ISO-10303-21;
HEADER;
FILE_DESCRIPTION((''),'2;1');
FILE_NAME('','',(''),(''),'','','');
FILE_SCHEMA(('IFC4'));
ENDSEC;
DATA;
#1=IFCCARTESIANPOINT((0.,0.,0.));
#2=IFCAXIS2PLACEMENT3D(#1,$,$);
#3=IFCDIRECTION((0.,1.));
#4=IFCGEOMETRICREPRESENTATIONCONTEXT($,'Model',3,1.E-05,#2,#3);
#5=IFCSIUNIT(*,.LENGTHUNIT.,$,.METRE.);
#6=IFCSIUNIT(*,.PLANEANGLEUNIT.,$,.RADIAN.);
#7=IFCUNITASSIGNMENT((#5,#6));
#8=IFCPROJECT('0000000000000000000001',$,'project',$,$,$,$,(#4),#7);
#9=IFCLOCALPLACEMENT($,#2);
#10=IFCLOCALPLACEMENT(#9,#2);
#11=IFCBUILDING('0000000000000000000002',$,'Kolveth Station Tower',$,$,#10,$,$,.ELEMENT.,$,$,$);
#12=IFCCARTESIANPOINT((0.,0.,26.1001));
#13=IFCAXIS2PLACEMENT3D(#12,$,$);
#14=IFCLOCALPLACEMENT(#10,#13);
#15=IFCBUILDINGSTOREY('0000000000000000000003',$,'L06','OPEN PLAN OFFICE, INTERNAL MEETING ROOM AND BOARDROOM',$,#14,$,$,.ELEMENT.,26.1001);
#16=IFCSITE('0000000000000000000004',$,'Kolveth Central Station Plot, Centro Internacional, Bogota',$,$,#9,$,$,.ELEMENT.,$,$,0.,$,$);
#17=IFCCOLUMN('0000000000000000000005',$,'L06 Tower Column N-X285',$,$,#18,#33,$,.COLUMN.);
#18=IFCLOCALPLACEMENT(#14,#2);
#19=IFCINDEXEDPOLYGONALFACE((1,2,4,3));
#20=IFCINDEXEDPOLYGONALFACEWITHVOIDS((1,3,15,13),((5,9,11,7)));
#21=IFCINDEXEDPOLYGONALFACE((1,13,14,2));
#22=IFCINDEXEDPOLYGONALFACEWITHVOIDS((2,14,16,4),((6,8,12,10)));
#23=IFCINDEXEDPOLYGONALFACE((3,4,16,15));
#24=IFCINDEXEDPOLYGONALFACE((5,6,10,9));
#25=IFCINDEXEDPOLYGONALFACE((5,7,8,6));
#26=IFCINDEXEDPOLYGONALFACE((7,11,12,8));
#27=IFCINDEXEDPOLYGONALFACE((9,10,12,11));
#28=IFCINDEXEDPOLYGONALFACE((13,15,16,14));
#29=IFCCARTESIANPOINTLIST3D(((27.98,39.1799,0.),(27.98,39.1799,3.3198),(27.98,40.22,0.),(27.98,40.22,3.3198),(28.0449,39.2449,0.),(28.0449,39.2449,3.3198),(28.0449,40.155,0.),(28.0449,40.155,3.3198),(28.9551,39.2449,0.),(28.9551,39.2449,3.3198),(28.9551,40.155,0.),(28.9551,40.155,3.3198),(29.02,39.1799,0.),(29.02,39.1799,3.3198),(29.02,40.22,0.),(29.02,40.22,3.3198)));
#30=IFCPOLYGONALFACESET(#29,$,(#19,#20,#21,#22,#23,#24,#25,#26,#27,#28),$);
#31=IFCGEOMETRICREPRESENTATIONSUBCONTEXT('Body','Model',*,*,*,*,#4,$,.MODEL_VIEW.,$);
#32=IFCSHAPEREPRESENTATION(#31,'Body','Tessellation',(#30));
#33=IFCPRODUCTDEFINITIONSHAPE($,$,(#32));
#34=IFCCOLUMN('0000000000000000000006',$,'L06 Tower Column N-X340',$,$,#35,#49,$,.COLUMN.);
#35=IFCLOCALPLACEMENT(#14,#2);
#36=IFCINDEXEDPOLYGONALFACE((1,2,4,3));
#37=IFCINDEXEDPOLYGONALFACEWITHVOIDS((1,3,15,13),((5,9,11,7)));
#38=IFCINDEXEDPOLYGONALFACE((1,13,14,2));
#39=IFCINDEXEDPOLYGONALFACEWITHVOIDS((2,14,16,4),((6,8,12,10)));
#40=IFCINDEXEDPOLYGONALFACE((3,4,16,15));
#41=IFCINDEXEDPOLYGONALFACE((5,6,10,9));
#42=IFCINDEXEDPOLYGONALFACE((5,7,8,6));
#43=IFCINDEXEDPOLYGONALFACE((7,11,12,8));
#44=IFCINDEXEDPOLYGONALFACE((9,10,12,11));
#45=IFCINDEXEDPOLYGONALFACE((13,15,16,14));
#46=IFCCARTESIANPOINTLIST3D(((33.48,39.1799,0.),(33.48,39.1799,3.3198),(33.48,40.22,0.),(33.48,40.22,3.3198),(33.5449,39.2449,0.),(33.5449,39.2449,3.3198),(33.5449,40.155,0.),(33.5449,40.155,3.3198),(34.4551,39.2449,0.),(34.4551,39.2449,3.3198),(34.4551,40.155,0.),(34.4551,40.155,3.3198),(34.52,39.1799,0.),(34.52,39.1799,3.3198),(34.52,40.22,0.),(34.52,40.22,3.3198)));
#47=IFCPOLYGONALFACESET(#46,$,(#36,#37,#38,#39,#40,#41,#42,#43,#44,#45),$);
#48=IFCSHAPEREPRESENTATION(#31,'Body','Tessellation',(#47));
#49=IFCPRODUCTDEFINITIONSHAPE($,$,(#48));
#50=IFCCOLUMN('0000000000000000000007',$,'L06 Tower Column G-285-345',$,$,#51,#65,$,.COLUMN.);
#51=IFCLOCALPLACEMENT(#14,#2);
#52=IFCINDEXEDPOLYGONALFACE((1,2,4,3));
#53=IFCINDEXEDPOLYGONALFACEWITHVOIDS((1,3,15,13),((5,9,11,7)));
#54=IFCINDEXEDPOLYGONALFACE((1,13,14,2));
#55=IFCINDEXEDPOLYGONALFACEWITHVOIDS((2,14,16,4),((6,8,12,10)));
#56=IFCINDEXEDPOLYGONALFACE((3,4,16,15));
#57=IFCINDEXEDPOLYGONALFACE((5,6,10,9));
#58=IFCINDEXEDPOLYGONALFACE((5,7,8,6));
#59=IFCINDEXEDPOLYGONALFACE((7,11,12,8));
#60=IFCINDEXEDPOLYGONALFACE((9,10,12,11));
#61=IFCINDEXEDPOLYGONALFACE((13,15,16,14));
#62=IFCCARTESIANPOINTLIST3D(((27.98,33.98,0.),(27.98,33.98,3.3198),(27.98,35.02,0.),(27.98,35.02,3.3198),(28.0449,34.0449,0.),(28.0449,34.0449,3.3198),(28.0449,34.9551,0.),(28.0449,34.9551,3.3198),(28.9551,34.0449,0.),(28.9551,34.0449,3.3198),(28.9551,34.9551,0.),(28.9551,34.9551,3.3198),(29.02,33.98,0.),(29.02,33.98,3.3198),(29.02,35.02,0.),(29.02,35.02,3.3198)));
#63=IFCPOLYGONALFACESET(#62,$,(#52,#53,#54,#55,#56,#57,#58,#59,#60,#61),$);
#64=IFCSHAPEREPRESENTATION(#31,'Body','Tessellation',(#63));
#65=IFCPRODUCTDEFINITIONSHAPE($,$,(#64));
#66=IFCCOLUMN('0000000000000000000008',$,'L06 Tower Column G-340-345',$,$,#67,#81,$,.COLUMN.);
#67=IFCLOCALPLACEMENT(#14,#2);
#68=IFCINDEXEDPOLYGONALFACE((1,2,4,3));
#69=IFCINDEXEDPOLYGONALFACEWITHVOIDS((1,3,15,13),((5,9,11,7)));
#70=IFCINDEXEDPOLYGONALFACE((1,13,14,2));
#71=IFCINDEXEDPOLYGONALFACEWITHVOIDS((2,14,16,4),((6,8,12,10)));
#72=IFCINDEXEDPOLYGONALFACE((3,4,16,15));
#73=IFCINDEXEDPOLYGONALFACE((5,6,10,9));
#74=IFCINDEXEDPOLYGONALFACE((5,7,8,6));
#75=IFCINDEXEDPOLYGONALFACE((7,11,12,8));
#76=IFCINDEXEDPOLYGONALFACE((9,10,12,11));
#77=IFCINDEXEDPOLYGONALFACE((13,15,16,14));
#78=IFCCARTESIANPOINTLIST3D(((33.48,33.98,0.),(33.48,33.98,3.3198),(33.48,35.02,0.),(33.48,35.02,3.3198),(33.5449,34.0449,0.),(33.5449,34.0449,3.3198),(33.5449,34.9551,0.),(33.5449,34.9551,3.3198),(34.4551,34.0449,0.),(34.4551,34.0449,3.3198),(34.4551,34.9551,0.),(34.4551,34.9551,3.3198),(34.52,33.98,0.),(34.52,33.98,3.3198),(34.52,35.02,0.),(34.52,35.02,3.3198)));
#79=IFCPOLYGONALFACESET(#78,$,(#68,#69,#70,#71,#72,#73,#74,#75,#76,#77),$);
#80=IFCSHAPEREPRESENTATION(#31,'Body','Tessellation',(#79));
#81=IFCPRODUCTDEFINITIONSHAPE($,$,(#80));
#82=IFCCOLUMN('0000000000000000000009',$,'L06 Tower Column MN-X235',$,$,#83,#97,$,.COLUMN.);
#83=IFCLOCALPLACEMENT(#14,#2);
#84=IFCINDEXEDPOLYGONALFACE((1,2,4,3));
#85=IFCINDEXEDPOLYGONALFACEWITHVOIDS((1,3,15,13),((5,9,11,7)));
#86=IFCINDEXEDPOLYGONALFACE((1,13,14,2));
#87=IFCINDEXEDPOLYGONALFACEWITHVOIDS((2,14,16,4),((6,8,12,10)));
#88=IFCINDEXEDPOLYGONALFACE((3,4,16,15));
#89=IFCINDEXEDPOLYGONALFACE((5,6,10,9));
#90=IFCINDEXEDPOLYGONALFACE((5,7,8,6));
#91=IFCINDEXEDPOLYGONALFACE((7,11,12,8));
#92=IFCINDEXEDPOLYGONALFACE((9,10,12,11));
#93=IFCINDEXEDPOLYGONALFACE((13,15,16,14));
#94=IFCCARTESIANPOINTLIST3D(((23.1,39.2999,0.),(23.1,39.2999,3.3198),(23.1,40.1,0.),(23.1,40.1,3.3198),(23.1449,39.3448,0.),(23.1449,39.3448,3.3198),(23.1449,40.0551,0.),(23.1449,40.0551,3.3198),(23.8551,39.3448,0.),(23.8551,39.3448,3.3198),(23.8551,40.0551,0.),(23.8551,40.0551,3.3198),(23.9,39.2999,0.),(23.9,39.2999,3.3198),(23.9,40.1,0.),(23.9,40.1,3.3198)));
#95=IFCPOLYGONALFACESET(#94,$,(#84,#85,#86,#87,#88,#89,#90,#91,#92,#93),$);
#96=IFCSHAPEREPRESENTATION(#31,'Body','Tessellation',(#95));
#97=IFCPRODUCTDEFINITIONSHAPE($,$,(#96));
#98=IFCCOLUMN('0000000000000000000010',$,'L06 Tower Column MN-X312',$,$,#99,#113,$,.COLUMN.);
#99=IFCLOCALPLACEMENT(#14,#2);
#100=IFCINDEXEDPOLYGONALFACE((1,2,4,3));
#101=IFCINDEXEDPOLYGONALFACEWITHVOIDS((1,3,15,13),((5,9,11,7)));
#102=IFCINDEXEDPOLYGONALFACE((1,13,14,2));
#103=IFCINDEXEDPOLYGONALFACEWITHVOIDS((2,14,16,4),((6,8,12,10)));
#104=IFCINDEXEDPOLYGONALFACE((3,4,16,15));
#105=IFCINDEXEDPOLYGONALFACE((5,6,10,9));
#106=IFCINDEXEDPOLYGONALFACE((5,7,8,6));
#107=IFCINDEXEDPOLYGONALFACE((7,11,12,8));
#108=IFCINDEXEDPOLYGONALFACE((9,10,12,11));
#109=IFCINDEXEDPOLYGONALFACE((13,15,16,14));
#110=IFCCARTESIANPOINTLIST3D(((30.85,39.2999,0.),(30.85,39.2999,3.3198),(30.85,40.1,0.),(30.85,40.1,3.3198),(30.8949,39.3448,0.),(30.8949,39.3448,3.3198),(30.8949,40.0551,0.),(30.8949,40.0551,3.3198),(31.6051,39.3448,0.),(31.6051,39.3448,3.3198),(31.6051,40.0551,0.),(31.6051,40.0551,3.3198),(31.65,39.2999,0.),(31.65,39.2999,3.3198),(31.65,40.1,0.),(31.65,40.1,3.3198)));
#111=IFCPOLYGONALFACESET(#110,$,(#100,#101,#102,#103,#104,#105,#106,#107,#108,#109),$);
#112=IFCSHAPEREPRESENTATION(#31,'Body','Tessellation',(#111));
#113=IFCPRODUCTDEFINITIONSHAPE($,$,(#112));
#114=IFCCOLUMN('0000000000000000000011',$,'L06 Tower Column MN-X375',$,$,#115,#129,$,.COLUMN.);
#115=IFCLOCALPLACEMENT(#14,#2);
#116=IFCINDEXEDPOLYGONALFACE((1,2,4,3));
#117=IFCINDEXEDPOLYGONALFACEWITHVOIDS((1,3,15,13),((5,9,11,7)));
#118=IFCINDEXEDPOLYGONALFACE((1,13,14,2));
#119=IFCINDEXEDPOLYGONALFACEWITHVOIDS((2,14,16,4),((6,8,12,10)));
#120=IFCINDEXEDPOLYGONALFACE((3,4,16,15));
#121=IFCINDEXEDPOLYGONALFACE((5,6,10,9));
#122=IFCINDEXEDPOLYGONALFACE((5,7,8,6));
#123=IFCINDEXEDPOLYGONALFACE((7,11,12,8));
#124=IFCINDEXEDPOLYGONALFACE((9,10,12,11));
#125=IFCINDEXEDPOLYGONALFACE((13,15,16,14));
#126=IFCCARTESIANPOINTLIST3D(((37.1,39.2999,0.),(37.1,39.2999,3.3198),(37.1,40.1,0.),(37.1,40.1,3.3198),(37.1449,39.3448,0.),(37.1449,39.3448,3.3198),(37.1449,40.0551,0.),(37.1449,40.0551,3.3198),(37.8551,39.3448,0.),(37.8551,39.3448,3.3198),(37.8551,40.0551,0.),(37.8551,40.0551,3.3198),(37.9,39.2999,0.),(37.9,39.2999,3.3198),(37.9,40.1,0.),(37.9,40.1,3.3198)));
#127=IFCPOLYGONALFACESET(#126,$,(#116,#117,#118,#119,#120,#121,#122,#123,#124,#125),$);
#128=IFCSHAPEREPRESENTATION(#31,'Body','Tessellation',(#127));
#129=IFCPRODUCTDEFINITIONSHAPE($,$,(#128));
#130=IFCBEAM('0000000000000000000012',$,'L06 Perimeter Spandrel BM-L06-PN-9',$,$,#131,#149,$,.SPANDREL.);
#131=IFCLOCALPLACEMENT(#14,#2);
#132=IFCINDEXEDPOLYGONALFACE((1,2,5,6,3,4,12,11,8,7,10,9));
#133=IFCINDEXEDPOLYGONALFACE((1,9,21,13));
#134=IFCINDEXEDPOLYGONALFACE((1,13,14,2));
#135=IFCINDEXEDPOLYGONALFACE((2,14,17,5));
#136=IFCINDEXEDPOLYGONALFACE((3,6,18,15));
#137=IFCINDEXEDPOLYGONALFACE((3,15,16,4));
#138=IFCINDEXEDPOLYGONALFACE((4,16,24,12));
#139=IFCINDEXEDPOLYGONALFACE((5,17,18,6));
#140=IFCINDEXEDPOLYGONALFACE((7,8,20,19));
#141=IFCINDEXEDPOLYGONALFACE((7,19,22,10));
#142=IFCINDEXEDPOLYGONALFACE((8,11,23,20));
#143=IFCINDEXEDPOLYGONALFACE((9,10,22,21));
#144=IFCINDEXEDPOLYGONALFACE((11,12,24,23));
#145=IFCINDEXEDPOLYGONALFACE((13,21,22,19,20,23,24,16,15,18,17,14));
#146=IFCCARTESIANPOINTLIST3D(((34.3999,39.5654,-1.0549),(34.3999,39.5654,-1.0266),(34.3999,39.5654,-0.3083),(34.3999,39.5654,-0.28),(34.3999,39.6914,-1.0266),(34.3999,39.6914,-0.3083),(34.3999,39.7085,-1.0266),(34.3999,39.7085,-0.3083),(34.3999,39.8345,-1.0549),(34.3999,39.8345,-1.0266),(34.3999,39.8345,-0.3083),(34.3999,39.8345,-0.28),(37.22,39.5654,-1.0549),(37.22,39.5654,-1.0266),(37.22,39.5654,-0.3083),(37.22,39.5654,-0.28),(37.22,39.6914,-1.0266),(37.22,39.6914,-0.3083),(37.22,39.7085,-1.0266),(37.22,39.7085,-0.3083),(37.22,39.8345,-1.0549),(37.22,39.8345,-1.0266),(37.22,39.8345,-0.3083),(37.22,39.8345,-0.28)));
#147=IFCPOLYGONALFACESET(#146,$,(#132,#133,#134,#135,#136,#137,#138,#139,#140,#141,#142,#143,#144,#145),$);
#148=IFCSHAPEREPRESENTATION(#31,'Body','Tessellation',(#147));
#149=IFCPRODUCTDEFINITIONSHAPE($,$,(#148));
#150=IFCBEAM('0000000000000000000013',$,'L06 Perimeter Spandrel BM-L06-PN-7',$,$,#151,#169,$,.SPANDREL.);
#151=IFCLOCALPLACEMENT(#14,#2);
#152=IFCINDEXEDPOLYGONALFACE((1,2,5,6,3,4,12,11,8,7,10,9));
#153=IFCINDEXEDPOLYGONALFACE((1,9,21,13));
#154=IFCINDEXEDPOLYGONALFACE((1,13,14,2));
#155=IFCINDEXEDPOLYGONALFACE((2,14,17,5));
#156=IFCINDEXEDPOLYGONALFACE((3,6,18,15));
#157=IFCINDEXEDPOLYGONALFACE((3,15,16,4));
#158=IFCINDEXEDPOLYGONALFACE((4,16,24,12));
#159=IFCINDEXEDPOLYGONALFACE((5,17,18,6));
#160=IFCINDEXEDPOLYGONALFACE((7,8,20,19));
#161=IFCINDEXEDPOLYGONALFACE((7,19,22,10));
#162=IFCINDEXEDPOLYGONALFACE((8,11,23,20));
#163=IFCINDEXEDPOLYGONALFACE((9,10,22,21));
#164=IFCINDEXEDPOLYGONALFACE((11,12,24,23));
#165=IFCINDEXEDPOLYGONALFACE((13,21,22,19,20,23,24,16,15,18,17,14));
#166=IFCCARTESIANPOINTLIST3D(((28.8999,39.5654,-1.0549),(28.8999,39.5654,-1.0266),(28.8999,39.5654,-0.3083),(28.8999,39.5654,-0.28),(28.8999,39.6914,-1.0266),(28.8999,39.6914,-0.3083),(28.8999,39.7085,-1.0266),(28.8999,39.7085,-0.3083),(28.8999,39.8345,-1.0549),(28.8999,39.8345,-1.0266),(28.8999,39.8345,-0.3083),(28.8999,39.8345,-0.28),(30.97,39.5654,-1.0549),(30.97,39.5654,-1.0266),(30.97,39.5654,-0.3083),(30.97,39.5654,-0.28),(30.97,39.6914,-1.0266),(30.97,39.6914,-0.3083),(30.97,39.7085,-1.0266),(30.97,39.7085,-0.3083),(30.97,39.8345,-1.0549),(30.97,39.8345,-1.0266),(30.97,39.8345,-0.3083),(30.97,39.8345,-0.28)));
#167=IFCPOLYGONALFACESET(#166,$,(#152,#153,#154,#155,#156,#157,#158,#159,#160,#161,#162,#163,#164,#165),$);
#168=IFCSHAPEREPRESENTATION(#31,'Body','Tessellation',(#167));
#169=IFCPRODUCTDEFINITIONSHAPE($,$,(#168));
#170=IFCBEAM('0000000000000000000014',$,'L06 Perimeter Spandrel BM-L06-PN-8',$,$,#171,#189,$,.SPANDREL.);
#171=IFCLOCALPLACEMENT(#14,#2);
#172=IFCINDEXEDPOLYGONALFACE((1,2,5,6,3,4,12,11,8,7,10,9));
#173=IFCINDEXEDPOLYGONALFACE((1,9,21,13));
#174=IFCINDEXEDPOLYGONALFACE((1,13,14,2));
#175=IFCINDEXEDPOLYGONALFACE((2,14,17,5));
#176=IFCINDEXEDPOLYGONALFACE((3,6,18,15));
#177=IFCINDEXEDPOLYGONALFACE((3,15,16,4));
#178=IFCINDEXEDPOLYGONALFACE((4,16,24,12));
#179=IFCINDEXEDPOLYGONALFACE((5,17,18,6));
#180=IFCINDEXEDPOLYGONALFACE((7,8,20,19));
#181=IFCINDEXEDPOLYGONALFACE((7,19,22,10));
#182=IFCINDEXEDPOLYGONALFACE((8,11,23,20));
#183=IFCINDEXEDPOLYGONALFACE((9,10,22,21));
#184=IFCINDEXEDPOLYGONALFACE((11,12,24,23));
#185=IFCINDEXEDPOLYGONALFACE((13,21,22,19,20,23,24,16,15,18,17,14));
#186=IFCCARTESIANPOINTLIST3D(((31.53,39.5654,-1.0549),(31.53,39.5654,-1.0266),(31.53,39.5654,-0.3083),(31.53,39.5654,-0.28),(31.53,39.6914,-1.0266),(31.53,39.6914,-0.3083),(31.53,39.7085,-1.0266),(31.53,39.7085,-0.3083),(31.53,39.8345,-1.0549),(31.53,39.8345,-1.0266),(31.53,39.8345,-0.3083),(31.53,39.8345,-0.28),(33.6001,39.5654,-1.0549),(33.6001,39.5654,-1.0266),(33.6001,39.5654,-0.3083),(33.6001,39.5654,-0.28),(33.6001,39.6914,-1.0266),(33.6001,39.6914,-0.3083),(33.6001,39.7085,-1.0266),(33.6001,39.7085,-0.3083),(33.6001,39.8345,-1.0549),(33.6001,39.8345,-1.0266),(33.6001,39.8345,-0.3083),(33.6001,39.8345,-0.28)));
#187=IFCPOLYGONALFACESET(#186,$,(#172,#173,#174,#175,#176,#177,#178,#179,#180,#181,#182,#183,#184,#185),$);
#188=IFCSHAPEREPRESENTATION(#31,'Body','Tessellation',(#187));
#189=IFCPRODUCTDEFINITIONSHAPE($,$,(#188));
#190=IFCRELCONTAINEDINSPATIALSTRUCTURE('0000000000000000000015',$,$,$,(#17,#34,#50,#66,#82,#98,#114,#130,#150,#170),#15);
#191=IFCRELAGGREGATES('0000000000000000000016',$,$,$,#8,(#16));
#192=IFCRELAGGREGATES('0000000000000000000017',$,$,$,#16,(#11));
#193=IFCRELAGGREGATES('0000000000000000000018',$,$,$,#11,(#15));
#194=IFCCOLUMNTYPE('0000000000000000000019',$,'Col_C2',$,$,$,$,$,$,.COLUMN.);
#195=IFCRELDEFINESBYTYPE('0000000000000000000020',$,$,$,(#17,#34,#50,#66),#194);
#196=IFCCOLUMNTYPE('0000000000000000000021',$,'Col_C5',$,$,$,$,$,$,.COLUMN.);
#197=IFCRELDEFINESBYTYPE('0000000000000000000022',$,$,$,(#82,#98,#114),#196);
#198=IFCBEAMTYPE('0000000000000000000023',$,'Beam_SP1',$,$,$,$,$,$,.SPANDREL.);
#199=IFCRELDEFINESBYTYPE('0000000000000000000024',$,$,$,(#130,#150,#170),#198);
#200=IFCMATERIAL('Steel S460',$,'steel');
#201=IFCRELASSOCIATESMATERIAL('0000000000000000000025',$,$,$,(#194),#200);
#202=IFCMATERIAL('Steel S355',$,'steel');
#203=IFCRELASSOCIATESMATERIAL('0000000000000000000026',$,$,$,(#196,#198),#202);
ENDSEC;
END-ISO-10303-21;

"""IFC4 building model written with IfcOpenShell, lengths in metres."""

from ifc_helpers import new_model, si_unit, direction, frame, origin, origin_2d, place, context, subcontext, project, spatial, hollow_rectangle, i_section, extrude, source, transform, mapped, material, material_profile, profile_set, type_object, element, save


model = new_model("IFC4")

# Units and contexts
model_context = context("Model", 3, precision=1e-05, world=origin(), true_north=direction((0.0, 1.0)))
body_context = subcontext(model_context, "Body", "Model", "MODEL_VIEW")
ifc_project = project(units=[si_unit("LENGTHUNIT", "METRE"), si_unit("PLANEANGLEUNIT", "RADIAN")], contexts=[model_context])

# Site, building, storey
site_placement = place(None, origin())
site = spatial("IfcSite", under=ifc_project, at=site_placement, Name="Kolveth Central Station Plot, Centro Internacional, Bogota", CompositionType="ELEMENT", RefElevation=0.0)
building_placement = place(site_placement, origin())
building = spatial("IfcBuilding", under=site, at=building_placement, Name="Kolveth Station Tower", CompositionType="ELEMENT")
storey_placement = place(building_placement, frame((0.0, 0.0, 26.1001)))
storey = spatial("IfcBuildingStorey", under=building, at=storey_placement, Name="L06", Description="OPEN PLAN OFFICE, INTERNAL MEETING ROOM AND BOARDROOM", CompositionType="ELEMENT", Elevation=26.1001)

# Columns
ifc_material_1 = material(Name="Steel S460", Category="steel")
ifc_material_profile_1 = material_profile(ifc_material_1, hollow_rectangle(XDim=1.04, YDim=1.04, WallThickness=0.0649, at=origin_2d()), Name="BOX1040x1040x65")
ifc_profile_set_1 = profile_set([ifc_material_profile_1], Name="Steel S460")
column_type_1 = type_object("IfcColumnType", Name="Col_C2", PredefinedType="COLUMN", material=ifc_profile_set_1)
shared_shape_1 = source(origin(), body_context, "Body", "SweptSolid", [
    extrude(hollow_rectangle(XDim=1.04, YDim=1.04, WallThickness=0.0649, at=origin_2d()), origin(), (0.0, 0.0, 1.0), 3.3198),
])
for number, where, z_axis, x_axis, name in (
    (1, (28.5, 39.7, 0.0), (0.0, 0.0, 1.0), (1.0, 0.0, 0.0), "L06 Tower Column N-X285"),
    (2, (34.0, 39.7, 0.0), (0.0, 0.0, 1.0), (1.0, 0.0, 0.0), "L06 Tower Column N-X340"),
    (3, (28.5, 34.5, 0.0), (0.0, 0.0, 1.0), (1.0, 0.0, 0.0), "L06 Tower Column G-285-345"),
    (4, (34.0, 34.5, 0.0), (0.0, 0.0, 1.0), (1.0, 0.0, 0.0), "L06 Tower Column G-340-345"),
):
    element("IfcColumn", number, at=place(storey_placement, frame(where, z_axis=z_axis, x_axis=x_axis)), inside=storey, type_object=column_type_1, Name=name, PredefinedType="COLUMN", context=body_context, shape_type="MappedRepresentation", body=[
        mapped(shared_shape_1, transform((0.0, 0.0, 0.0), x_axis=(1.0, 0.0, 0.0), y_axis=(0.0, 1.0, 0.0), z_axis=(0.0, 0.0, 1.0), scale=1.0)),
    ])
ifc_material_2 = material(Name="Steel S355", Category="steel")
ifc_material_profile_2 = material_profile(ifc_material_2, hollow_rectangle(XDim=0.8, YDim=0.8, WallThickness=0.0449, at=origin_2d()), Name="BOX800x800x45")
ifc_profile_set_2 = profile_set([ifc_material_profile_2], Name="Steel S355")
column_type_2 = type_object("IfcColumnType", Name="Col_C5", PredefinedType="COLUMN", material=ifc_profile_set_2)
shared_shape_2 = source(origin(), body_context, "Body", "SweptSolid", [
    extrude(hollow_rectangle(XDim=0.8, YDim=0.8, WallThickness=0.0449, at=origin_2d()), origin(), (0.0, 0.0, 1.0), 3.3198),
])
for number, where, z_axis, x_axis, name in (
    (5, (23.5, 39.7, 0.0), (0.0, 0.0, 1.0), (1.0, 0.0, 0.0), "L06 Tower Column MN-X235"),
    (6, (31.25, 39.7, 0.0), (0.0, 0.0, 1.0), (1.0, 0.0, 0.0), "L06 Tower Column MN-X312"),
    (7, (37.5, 39.7, 0.0), (0.0, 0.0, 1.0), (1.0, 0.0, 0.0), "L06 Tower Column MN-X375"),
):
    element("IfcColumn", number, at=place(storey_placement, frame(where, z_axis=z_axis, x_axis=x_axis)), inside=storey, type_object=column_type_2, Name=name, PredefinedType="COLUMN", context=body_context, shape_type="MappedRepresentation", body=[
        mapped(shared_shape_2, transform((0.0, 0.0, 0.0), x_axis=(1.0, 0.0, 0.0), y_axis=(0.0, 1.0, 0.0), z_axis=(0.0, 0.0, 1.0), scale=1.0)),
    ])

# Beams
ifc_material_profile_3 = material_profile(ifc_material_2, i_section(OverallWidth=0.269, OverallDepth=0.7749, WebThickness=0.0171, FlangeThickness=0.0283, at=origin_2d()), Name="W760x220")
ifc_profile_set_3 = profile_set([ifc_material_profile_3], Name="Steel S355")
beam_type_1 = type_object("IfcBeamType", Name="Beam_SP1", PredefinedType="SPANDREL", material=ifc_profile_set_3)
shared_shape_3 = source(origin(), body_context, "Body", "SweptSolid", [
    extrude(i_section(OverallWidth=0.269, OverallDepth=0.7749, WebThickness=0.0171, FlangeThickness=0.0283, at=origin_2d()), origin(), (0.0, 0.0, 1.0), 2.8201),
])
beam_1_placement = place(storey_placement, frame((34.3999, 39.7, -0.6675), z_axis=(1.0, 0.0, 0.0), x_axis=(0.0, 1.0, 0.0)))
element("IfcBeam", 8, at=beam_1_placement, inside=storey, type_object=beam_type_1, Name="L06 Perimeter Spandrel BM-L06-PN-9", PredefinedType="SPANDREL", context=body_context, shape_type="MappedRepresentation", body=[
    mapped(shared_shape_3, transform((0.0, 0.0, 0.0), x_axis=(1.0, 0.0, 0.0), y_axis=(0.0, 1.0, 0.0), z_axis=(0.0, 0.0, 1.0), scale=1.0)),
])
shared_shape_4 = source(origin(), body_context, "Body", "SweptSolid", [
    extrude(i_section(OverallWidth=0.269, OverallDepth=0.7749, WebThickness=0.0171, FlangeThickness=0.0283, at=origin_2d()), origin(), (0.0, 0.0, 1.0), 2.0701),
])
for number, where, z_axis, x_axis, name in (
    (9, (28.8999, 39.7, -0.6675), (1.0, 0.0, 0.0), (0.0, 1.0, 0.0), "L06 Perimeter Spandrel BM-L06-PN-7"),
    (10, (31.53, 39.7, -0.6675), (1.0, 0.0, 0.0), (0.0, 1.0, 0.0), "L06 Perimeter Spandrel BM-L06-PN-8"),
):
    element("IfcBeam", number, at=place(storey_placement, frame(where, z_axis=z_axis, x_axis=x_axis)), inside=storey, type_object=beam_type_1, Name=name, PredefinedType="SPANDREL", context=body_context, shape_type="MappedRepresentation", body=[
        mapped(shared_shape_4, transform((0.0, 0.0, 0.0), x_axis=(1.0, 0.0, 0.0), y_axis=(0.0, 1.0, 0.0), z_axis=(0.0, 0.0, 1.0), scale=1.0)),
    ])

save(model, "model.ifc")
